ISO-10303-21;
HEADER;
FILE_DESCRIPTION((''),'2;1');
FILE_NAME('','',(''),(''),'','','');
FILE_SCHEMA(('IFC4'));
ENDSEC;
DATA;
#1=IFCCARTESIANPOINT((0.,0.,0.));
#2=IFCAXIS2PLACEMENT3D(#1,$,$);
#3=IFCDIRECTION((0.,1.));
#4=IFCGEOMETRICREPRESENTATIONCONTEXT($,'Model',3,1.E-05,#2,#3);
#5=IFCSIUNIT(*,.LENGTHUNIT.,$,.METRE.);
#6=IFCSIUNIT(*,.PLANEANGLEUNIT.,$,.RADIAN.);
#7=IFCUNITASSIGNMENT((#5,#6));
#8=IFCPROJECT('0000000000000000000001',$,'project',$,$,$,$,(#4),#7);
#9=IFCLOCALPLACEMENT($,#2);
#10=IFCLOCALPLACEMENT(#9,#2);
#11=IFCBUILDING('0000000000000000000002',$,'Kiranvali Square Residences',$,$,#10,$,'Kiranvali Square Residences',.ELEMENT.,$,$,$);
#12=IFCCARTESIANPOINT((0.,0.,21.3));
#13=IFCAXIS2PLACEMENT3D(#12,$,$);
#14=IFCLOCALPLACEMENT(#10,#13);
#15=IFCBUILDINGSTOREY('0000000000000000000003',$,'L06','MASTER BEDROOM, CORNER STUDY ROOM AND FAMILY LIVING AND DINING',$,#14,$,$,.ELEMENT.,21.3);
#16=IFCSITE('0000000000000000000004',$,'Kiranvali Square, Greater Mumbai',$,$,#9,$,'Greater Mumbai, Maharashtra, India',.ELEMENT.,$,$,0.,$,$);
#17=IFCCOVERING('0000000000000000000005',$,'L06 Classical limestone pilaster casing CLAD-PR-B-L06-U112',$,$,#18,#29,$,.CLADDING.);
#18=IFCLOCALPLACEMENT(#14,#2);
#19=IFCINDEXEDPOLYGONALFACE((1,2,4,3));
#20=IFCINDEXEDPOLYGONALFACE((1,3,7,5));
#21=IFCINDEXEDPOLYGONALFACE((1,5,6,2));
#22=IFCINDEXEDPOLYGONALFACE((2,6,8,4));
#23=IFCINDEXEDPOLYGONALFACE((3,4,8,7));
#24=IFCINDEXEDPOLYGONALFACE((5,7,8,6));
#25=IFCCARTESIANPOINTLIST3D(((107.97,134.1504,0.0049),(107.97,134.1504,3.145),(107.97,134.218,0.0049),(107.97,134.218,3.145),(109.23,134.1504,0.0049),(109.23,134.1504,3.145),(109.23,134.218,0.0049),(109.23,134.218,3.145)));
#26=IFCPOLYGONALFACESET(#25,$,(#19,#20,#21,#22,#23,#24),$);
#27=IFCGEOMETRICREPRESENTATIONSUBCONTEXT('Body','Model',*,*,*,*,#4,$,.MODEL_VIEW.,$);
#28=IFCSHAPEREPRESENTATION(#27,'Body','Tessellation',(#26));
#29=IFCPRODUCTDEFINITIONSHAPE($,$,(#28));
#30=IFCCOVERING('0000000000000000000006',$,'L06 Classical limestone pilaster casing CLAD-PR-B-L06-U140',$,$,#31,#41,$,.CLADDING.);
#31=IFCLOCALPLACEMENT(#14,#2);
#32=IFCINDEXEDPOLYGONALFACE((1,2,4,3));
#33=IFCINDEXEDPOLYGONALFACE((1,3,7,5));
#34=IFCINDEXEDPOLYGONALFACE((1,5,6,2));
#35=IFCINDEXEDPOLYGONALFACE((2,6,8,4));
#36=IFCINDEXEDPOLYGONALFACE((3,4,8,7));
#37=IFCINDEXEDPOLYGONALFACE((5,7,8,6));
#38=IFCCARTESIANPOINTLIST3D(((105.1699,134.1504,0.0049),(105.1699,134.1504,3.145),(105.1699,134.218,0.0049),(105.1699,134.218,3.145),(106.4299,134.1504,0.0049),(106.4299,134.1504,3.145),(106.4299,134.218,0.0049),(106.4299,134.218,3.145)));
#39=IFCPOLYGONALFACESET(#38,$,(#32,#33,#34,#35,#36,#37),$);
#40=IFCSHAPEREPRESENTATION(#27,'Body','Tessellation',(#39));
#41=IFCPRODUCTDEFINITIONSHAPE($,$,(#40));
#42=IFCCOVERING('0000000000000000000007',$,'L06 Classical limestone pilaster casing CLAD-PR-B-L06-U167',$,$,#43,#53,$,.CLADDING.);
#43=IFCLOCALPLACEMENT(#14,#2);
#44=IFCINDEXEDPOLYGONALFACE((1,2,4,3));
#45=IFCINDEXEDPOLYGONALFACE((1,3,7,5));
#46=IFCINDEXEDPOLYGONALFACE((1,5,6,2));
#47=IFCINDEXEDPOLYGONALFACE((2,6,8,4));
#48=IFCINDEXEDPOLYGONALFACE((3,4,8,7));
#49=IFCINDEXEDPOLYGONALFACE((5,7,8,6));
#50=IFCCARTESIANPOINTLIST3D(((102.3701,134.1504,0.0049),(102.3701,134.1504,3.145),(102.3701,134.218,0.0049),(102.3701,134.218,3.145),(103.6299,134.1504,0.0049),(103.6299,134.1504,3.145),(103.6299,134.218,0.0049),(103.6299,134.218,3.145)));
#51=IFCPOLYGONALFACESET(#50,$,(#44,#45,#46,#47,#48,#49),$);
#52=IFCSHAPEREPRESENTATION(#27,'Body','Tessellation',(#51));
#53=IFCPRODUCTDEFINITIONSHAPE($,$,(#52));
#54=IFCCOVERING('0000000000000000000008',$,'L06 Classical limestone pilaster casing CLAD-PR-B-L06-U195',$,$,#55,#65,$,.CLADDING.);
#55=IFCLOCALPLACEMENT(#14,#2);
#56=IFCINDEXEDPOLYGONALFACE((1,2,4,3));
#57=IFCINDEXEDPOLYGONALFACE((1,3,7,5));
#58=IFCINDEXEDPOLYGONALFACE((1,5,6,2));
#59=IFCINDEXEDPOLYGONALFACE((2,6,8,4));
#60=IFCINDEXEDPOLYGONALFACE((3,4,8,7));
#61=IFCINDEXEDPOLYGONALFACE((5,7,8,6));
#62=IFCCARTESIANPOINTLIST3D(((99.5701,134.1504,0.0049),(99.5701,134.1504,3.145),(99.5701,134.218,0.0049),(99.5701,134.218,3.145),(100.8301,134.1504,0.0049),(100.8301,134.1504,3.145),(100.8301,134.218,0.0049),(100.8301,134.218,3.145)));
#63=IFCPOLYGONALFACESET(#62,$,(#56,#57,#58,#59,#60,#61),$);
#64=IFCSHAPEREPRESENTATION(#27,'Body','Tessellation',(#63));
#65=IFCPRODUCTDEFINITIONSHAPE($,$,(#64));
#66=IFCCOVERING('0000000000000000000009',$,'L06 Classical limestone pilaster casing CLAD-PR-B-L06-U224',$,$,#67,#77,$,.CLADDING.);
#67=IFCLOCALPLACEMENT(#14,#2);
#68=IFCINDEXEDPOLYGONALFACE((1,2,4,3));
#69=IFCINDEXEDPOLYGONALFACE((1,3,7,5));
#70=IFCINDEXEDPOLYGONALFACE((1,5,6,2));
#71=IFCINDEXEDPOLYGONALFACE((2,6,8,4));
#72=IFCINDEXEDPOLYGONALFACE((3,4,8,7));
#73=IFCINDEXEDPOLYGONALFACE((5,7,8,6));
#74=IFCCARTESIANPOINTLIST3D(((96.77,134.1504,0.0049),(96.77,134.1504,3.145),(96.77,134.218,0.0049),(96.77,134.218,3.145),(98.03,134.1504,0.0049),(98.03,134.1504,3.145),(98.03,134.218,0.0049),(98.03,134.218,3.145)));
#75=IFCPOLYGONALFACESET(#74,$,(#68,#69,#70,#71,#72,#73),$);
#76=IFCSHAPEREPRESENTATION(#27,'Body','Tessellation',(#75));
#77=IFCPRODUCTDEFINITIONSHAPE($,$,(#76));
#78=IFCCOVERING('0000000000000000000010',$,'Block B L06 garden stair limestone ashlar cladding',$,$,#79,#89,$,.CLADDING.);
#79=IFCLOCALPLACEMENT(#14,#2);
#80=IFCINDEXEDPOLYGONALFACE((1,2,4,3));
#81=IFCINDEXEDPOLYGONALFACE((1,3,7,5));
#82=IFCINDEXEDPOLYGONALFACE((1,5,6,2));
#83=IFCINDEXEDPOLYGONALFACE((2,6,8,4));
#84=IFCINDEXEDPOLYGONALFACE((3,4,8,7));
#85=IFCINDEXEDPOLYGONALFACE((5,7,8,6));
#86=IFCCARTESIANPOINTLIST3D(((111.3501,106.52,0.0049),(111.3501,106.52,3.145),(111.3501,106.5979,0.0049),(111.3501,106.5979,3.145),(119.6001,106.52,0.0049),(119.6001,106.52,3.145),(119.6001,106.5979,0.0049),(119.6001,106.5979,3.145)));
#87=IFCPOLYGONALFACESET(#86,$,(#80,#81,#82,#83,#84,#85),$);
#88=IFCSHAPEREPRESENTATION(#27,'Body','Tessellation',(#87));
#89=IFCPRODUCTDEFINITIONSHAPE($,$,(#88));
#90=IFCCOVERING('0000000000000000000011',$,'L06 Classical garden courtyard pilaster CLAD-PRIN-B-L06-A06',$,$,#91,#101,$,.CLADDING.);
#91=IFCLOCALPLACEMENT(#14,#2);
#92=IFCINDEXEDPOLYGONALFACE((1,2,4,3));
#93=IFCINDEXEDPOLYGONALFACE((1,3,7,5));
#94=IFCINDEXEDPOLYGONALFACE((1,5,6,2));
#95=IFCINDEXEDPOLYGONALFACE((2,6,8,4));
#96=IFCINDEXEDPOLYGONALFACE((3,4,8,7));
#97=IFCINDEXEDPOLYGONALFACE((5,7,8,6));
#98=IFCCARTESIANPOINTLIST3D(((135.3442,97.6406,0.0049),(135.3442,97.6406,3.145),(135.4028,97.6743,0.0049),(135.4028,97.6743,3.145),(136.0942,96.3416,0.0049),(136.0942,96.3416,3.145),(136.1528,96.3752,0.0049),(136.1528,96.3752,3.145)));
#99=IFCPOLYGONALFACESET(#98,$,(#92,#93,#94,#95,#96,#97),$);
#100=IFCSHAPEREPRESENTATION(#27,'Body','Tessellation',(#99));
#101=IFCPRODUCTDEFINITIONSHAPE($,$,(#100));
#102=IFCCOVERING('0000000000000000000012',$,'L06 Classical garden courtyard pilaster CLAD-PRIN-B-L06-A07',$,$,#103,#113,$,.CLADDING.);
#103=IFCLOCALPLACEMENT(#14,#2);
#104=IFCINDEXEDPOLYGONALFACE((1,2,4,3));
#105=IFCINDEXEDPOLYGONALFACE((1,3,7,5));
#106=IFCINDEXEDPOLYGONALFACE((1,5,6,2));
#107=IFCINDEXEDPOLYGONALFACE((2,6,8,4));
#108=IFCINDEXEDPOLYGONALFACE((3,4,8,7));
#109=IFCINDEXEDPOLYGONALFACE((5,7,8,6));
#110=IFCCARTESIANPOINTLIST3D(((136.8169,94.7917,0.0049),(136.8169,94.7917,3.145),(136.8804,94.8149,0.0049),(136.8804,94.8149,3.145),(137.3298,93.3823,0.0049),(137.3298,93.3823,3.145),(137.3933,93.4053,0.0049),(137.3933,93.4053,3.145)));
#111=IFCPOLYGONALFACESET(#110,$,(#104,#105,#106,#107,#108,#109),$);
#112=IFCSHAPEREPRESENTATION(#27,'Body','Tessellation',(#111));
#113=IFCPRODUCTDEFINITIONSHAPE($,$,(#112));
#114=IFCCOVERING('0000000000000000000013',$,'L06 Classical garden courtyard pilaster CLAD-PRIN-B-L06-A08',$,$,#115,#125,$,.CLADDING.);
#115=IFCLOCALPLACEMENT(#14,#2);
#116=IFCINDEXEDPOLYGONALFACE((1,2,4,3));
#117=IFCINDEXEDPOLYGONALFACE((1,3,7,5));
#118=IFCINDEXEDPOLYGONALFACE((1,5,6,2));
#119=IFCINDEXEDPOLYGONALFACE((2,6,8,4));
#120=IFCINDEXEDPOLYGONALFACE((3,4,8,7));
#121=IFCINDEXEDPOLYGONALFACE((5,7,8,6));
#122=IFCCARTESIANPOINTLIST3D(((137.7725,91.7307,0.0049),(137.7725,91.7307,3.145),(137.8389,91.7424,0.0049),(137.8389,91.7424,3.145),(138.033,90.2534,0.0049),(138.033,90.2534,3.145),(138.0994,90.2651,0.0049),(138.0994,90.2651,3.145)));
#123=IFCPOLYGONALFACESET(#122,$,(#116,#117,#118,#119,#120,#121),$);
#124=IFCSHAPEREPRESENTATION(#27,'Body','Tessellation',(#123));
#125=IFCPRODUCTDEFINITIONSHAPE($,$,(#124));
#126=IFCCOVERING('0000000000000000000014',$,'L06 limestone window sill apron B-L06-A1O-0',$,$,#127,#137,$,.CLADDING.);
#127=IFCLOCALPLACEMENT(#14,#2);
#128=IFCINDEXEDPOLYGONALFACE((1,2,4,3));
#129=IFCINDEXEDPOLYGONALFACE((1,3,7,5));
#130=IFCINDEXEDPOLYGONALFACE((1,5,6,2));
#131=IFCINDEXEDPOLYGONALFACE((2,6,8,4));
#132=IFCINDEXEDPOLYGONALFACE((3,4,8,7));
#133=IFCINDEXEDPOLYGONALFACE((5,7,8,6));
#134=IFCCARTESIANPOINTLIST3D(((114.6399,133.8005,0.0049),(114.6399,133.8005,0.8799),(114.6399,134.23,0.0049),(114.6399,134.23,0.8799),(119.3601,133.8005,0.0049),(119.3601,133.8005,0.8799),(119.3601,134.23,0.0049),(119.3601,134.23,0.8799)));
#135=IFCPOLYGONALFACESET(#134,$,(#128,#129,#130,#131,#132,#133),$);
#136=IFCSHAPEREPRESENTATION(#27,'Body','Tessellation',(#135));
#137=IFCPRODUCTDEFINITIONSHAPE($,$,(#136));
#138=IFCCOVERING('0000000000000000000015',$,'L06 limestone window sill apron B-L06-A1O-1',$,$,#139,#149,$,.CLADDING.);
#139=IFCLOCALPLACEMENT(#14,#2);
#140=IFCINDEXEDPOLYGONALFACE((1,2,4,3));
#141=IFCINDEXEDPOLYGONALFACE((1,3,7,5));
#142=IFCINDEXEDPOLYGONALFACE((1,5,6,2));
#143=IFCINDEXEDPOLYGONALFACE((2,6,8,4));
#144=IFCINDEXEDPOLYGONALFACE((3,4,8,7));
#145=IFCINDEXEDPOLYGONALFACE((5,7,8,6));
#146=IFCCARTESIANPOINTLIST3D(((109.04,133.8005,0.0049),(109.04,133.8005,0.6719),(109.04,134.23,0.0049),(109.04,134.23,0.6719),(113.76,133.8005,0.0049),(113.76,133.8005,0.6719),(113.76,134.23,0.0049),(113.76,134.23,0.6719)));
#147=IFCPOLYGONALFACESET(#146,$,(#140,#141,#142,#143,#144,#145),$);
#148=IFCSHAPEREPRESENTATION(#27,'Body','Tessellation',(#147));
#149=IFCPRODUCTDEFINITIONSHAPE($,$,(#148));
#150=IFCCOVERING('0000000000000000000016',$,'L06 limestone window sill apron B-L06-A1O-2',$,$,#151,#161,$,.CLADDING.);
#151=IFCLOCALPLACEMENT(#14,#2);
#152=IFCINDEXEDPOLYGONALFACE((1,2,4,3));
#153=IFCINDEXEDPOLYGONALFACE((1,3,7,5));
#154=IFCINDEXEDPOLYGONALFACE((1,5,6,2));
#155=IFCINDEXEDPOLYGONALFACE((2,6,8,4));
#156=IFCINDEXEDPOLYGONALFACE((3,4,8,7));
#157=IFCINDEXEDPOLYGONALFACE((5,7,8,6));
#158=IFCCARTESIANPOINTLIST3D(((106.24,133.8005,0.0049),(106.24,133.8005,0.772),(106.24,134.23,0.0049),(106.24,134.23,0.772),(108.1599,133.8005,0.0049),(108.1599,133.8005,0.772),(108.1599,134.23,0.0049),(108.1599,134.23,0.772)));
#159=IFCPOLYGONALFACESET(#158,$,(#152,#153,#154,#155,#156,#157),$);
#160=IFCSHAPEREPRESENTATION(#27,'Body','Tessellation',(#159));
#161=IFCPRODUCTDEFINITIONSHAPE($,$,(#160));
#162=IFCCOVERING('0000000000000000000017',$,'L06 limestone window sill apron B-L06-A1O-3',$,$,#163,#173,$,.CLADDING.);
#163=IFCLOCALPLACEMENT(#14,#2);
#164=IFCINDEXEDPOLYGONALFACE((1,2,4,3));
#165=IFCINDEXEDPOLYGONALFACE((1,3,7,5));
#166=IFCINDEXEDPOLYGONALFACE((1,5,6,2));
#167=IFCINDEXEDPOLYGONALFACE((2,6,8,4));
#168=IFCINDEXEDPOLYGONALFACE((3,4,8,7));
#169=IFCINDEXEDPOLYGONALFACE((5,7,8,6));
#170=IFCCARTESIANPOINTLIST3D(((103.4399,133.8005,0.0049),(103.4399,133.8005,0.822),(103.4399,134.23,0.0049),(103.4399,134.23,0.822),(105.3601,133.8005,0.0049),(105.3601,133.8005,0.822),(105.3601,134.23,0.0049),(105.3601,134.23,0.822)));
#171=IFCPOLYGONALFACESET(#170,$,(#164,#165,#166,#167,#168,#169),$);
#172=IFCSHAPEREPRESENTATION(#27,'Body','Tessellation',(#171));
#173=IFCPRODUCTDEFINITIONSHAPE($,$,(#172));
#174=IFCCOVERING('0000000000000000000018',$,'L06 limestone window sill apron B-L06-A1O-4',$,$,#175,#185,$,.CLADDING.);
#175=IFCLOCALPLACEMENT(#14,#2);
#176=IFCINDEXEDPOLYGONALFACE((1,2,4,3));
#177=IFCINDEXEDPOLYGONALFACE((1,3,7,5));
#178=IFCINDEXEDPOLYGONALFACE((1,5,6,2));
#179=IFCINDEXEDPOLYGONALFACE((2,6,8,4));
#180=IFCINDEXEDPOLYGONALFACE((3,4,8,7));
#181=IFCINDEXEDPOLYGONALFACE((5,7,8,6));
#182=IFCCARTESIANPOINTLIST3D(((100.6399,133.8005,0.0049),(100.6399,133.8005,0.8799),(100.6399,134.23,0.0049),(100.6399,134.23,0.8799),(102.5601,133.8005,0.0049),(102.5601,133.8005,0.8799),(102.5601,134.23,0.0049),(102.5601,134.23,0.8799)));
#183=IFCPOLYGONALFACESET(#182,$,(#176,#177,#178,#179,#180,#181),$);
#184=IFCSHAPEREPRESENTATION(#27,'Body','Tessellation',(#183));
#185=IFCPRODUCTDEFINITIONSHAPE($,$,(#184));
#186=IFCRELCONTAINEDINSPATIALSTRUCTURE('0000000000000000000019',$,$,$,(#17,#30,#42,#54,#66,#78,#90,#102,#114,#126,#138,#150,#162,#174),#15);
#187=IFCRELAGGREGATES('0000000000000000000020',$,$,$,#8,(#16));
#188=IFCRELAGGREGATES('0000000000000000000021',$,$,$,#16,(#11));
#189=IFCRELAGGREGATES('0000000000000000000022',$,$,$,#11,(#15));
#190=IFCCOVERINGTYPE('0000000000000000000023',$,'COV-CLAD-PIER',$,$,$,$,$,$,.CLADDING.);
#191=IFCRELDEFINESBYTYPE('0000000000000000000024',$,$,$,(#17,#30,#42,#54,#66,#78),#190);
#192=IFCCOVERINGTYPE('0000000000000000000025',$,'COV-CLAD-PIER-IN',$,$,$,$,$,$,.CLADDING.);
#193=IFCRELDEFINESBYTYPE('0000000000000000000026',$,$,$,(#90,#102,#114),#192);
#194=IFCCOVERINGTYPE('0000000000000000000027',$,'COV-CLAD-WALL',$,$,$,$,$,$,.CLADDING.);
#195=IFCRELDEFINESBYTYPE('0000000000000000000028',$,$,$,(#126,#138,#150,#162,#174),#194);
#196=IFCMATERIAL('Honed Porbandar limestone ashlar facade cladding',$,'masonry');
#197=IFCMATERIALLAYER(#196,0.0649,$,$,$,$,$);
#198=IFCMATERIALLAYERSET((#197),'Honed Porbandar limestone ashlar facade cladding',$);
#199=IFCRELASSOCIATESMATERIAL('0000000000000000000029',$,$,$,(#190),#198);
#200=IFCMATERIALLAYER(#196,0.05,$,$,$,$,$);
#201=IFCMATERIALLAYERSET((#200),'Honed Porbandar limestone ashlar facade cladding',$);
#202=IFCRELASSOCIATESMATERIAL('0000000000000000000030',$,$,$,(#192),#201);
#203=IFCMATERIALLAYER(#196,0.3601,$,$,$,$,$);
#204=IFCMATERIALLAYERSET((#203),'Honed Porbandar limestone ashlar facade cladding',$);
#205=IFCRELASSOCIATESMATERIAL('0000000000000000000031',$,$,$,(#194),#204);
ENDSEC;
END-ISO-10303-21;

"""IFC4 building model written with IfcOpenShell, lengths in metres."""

from ifc_helpers import new_model, si_unit, direction, frame, origin, place, context, subcontext, project, spatial, polyline, outline, extrude, material, layer, layer_set, type_object, element, save


model = new_model("IFC4")

# Units and contexts
model_context = context("Model", 3, precision=1e-05, world=origin(), true_north=direction((0.0, 1.0)))
body_context = subcontext(model_context, "Body", "Model", "MODEL_VIEW")
ifc_project = project(units=[si_unit("LENGTHUNIT", "METRE"), si_unit("PLANEANGLEUNIT", "RADIAN")], contexts=[model_context])

# Site, building, storey
site_placement = place(None, origin())
site = spatial("IfcSite", under=ifc_project, at=site_placement, Name="Kiranvali Square, Greater Mumbai", LongName="Greater Mumbai, Maharashtra, India", CompositionType="ELEMENT", RefElevation=0.0)
building_placement = place(site_placement, origin())
building = spatial("IfcBuilding", under=site, at=building_placement, Name="Kiranvali Square Residences", LongName="Kiranvali Square Residences", CompositionType="ELEMENT")
storey_placement = place(building_placement, frame((0.0, 0.0, 21.3)))
storey = spatial("IfcBuildingStorey", under=building, at=storey_placement, Name="L06", Description="MASTER BEDROOM, CORNER STUDY ROOM AND FAMILY LIVING AND DINING", CompositionType="ELEMENT", Elevation=21.3)

# Coverings
ifc_material = material(Name="Honed Porbandar limestone ashlar facade cladding", Category="masonry")
ifc_layer_1 = layer(ifc_material, 0.0649)
ifc_layer_set_1 = layer_set([ifc_layer_1], Name="Honed Porbandar limestone ashlar facade cladding")
covering_type_1 = type_object("IfcCoveringType", Name="COV-CLAD-PIER", PredefinedType="CLADDING", material=ifc_layer_set_1)
covering_1_placement = place(storey_placement, frame((0.0, 0.0, 0.0049)))
element("IfcCovering", 1, at=covering_1_placement, inside=storey, type_object=covering_type_1, Name="L06 Classical limestone pilaster casing CLAD-PR-B-L06-U112", PredefinedType="CLADDING", context=body_context, shape_type="SweptSolid", body=[
    extrude(outline(polyline([(109.23, 134.218), (107.97, 134.218), (107.97, 134.1504), (109.23, 134.1504), (109.23, 134.218)])), origin(), (0.0, 0.0, 1.0), 3.1401),
])
covering_2_placement = place(storey_placement, frame((0.0, 0.0, 0.0049)))
element("IfcCovering", 2, at=covering_2_placement, inside=storey, type_object=covering_type_1, Name="L06 Classical limestone pilaster casing CLAD-PR-B-L06-U140", PredefinedType="CLADDING", context=body_context, shape_type="SweptSolid", body=[
    extrude(outline(polyline([(106.4299, 134.218), (105.1699, 134.218), (105.1699, 134.1504), (106.4299, 134.1504), (106.4299, 134.218)])), origin(), (0.0, 0.0, 1.0), 3.1401),
])
covering_3_placement = place(storey_placement, frame((0.0, 0.0, 0.0049)))
element("IfcCovering", 3, at=covering_3_placement, inside=storey, type_object=covering_type_1, Name="L06 Classical limestone pilaster casing CLAD-PR-B-L06-U167", PredefinedType="CLADDING", context=body_context, shape_type="SweptSolid", body=[
    extrude(outline(polyline([(103.6299, 134.218), (102.3701, 134.218), (102.3701, 134.1504), (103.6299, 134.1504), (103.6299, 134.218)])), origin(), (0.0, 0.0, 1.0), 3.1401),
])
covering_4_placement = place(storey_placement, frame((0.0, 0.0, 0.0049)))
element("IfcCovering", 4, at=covering_4_placement, inside=storey, type_object=covering_type_1, Name="L06 Classical limestone pilaster casing CLAD-PR-B-L06-U195", PredefinedType="CLADDING", context=body_context, shape_type="SweptSolid", body=[
    extrude(outline(polyline([(100.8301, 134.218), (99.5701, 134.218), (99.5701, 134.1504), (100.8301, 134.1504), (100.8301, 134.218)])), origin(), (0.0, 0.0, 1.0), 3.1401),
])
covering_5_placement = place(storey_placement, frame((0.0, 0.0, 0.0049)))
element("IfcCovering", 5, at=covering_5_placement, inside=storey, type_object=covering_type_1, Name="L06 Classical limestone pilaster casing CLAD-PR-B-L06-U224", PredefinedType="CLADDING", context=body_context, shape_type="SweptSolid", body=[
    extrude(outline(polyline([(98.03, 134.218), (96.77, 134.218), (96.77, 134.1504), (98.03, 134.1504), (98.03, 134.218)])), origin(), (0.0, 0.0, 1.0), 3.1401),
])
covering_6_placement = place(storey_placement, frame((0.0, 0.0, 0.0049)))
element("IfcCovering", 6, at=covering_6_placement, inside=storey, type_object=covering_type_1, Name="Block B L06 garden stair limestone ashlar cladding", PredefinedType="CLADDING", context=body_context, shape_type="SweptSolid", body=[
    extrude(outline(polyline([(119.6001, 106.5979), (111.3501, 106.5979), (111.3501, 106.52), (119.6001, 106.52), (119.6001, 106.5979)])), origin(), (0.0, 0.0, 1.0), 3.1401),
])
ifc_layer_2 = layer(ifc_material, 0.05)
ifc_layer_set_2 = layer_set([ifc_layer_2], Name="Honed Porbandar limestone ashlar facade cladding")
covering_type_2 = type_object("IfcCoveringType", Name="COV-CLAD-PIER-IN", PredefinedType="CLADDING", material=ifc_layer_set_2)
covering_7_placement = place(storey_placement, frame((0.0, 0.0, 0.0049)))
element("IfcCovering", 7, at=covering_7_placement, inside=storey, type_object=covering_type_2, Name="L06 Classical garden courtyard pilaster CLAD-PRIN-B-L06-A06", PredefinedType="CLADDING", context=body_context, shape_type="SweptSolid", body=[
    extrude(outline(polyline([(135.3442, 97.6406), (136.0942, 96.3416), (136.1528, 96.3752), (135.4028, 97.6743), (135.3442, 97.6406)])), origin(), (0.0, 0.0, 1.0), 3.1401),
])
covering_8_placement = place(storey_placement, frame((0.0, 0.0, 0.0049)))
element("IfcCovering", 8, at=covering_8_placement, inside=storey, type_object=covering_type_2, Name="L06 Classical garden courtyard pilaster CLAD-PRIN-B-L06-A07", PredefinedType="CLADDING", context=body_context, shape_type="SweptSolid", body=[
    extrude(outline(polyline([(136.8169, 94.7917), (137.3298, 93.3823), (137.3933, 93.4053), (136.8804, 94.8149), (136.8169, 94.7917)])), origin(), (0.0, 0.0, 1.0), 3.1401),
])
covering_9_placement = place(storey_placement, frame((0.0, 0.0, 0.0049)))
element("IfcCovering", 9, at=covering_9_placement, inside=storey, type_object=covering_type_2, Name="L06 Classical garden courtyard pilaster CLAD-PRIN-B-L06-A08", PredefinedType="CLADDING", context=body_context, shape_type="SweptSolid", body=[
    extrude(outline(polyline([(137.7725, 91.7307), (138.033, 90.2534), (138.0994, 90.2651), (137.8389, 91.7424), (137.7725, 91.7307)])), origin(), (0.0, 0.0, 1.0), 3.1401),
])
ifc_layer_3 = layer(ifc_material, 0.3601)
ifc_layer_set_3 = layer_set([ifc_layer_3], Name="Honed Porbandar limestone ashlar facade cladding")
covering_type_3 = type_object("IfcCoveringType", Name="COV-CLAD-WALL", PredefinedType="CLADDING", material=ifc_layer_set_3)
covering_10_placement = place(storey_placement, frame((0.0, 0.0, 0.0049)))
element("IfcCovering", 10, at=covering_10_placement, inside=storey, type_object=covering_type_3, Name="L06 limestone window sill apron B-L06-A1O-0", PredefinedType="CLADDING", context=body_context, shape_type="SweptSolid", body=[
    extrude(outline(polyline([(119.3601, 134.23), (114.6399, 134.23), (114.6399, 133.8005), (119.3601, 133.8005), (119.3601, 134.23)])), origin(), (0.0, 0.0, 1.0), 0.875),
])
covering_11_placement = place(storey_placement, frame((0.0, 0.0, 0.0049)))
element("IfcCovering", 11, at=covering_11_placement, inside=storey, type_object=covering_type_3, Name="L06 limestone window sill apron B-L06-A1O-1", PredefinedType="CLADDING", context=body_context, shape_type="SweptSolid", body=[
    extrude(outline(polyline([(113.76, 134.23), (109.04, 134.23), (109.04, 133.8005), (113.76, 133.8005), (113.76, 134.23)])), origin(), (0.0, 0.0, 1.0), 0.667),
])
covering_12_placement = place(storey_placement, frame((0.0, 0.0, 0.0049)))
element("IfcCovering", 12, at=covering_12_placement, inside=storey, type_object=covering_type_3, Name="L06 limestone window sill apron B-L06-A1O-2", PredefinedType="CLADDING", context=body_context, shape_type="SweptSolid", body=[
    extrude(outline(polyline([(108.1599, 134.23), (106.24, 134.23), (106.24, 133.8005), (108.1599, 133.8005), (108.1599, 134.23)])), origin(), (0.0, 0.0, 1.0), 0.7671),
])
covering_13_placement = place(storey_placement, frame((0.0, 0.0, 0.0049)))
element("IfcCovering", 13, at=covering_13_placement, inside=storey, type_object=covering_type_3, Name="L06 limestone window sill apron B-L06-A1O-3", PredefinedType="CLADDING", context=body_context, shape_type="SweptSolid", body=[
    extrude(outline(polyline([(105.3601, 134.23), (103.4399, 134.23), (103.4399, 133.8005), (105.3601, 133.8005), (105.3601, 134.23)])), origin(), (0.0, 0.0, 1.0), 0.8171),
])
covering_14_placement = place(storey_placement, frame((0.0, 0.0, 0.0049)))
element("IfcCovering", 14, at=covering_14_placement, inside=storey, type_object=covering_type_3, Name="L06 limestone window sill apron B-L06-A1O-4", PredefinedType="CLADDING", context=body_context, shape_type="SweptSolid", body=[
    extrude(outline(polyline([(102.5601, 134.23), (100.6399, 134.23), (100.6399, 133.8005), (102.5601, 133.8005), (102.5601, 134.23)])), origin(), (0.0, 0.0, 1.0), 0.875),
])

save(model, "model.ifc")
